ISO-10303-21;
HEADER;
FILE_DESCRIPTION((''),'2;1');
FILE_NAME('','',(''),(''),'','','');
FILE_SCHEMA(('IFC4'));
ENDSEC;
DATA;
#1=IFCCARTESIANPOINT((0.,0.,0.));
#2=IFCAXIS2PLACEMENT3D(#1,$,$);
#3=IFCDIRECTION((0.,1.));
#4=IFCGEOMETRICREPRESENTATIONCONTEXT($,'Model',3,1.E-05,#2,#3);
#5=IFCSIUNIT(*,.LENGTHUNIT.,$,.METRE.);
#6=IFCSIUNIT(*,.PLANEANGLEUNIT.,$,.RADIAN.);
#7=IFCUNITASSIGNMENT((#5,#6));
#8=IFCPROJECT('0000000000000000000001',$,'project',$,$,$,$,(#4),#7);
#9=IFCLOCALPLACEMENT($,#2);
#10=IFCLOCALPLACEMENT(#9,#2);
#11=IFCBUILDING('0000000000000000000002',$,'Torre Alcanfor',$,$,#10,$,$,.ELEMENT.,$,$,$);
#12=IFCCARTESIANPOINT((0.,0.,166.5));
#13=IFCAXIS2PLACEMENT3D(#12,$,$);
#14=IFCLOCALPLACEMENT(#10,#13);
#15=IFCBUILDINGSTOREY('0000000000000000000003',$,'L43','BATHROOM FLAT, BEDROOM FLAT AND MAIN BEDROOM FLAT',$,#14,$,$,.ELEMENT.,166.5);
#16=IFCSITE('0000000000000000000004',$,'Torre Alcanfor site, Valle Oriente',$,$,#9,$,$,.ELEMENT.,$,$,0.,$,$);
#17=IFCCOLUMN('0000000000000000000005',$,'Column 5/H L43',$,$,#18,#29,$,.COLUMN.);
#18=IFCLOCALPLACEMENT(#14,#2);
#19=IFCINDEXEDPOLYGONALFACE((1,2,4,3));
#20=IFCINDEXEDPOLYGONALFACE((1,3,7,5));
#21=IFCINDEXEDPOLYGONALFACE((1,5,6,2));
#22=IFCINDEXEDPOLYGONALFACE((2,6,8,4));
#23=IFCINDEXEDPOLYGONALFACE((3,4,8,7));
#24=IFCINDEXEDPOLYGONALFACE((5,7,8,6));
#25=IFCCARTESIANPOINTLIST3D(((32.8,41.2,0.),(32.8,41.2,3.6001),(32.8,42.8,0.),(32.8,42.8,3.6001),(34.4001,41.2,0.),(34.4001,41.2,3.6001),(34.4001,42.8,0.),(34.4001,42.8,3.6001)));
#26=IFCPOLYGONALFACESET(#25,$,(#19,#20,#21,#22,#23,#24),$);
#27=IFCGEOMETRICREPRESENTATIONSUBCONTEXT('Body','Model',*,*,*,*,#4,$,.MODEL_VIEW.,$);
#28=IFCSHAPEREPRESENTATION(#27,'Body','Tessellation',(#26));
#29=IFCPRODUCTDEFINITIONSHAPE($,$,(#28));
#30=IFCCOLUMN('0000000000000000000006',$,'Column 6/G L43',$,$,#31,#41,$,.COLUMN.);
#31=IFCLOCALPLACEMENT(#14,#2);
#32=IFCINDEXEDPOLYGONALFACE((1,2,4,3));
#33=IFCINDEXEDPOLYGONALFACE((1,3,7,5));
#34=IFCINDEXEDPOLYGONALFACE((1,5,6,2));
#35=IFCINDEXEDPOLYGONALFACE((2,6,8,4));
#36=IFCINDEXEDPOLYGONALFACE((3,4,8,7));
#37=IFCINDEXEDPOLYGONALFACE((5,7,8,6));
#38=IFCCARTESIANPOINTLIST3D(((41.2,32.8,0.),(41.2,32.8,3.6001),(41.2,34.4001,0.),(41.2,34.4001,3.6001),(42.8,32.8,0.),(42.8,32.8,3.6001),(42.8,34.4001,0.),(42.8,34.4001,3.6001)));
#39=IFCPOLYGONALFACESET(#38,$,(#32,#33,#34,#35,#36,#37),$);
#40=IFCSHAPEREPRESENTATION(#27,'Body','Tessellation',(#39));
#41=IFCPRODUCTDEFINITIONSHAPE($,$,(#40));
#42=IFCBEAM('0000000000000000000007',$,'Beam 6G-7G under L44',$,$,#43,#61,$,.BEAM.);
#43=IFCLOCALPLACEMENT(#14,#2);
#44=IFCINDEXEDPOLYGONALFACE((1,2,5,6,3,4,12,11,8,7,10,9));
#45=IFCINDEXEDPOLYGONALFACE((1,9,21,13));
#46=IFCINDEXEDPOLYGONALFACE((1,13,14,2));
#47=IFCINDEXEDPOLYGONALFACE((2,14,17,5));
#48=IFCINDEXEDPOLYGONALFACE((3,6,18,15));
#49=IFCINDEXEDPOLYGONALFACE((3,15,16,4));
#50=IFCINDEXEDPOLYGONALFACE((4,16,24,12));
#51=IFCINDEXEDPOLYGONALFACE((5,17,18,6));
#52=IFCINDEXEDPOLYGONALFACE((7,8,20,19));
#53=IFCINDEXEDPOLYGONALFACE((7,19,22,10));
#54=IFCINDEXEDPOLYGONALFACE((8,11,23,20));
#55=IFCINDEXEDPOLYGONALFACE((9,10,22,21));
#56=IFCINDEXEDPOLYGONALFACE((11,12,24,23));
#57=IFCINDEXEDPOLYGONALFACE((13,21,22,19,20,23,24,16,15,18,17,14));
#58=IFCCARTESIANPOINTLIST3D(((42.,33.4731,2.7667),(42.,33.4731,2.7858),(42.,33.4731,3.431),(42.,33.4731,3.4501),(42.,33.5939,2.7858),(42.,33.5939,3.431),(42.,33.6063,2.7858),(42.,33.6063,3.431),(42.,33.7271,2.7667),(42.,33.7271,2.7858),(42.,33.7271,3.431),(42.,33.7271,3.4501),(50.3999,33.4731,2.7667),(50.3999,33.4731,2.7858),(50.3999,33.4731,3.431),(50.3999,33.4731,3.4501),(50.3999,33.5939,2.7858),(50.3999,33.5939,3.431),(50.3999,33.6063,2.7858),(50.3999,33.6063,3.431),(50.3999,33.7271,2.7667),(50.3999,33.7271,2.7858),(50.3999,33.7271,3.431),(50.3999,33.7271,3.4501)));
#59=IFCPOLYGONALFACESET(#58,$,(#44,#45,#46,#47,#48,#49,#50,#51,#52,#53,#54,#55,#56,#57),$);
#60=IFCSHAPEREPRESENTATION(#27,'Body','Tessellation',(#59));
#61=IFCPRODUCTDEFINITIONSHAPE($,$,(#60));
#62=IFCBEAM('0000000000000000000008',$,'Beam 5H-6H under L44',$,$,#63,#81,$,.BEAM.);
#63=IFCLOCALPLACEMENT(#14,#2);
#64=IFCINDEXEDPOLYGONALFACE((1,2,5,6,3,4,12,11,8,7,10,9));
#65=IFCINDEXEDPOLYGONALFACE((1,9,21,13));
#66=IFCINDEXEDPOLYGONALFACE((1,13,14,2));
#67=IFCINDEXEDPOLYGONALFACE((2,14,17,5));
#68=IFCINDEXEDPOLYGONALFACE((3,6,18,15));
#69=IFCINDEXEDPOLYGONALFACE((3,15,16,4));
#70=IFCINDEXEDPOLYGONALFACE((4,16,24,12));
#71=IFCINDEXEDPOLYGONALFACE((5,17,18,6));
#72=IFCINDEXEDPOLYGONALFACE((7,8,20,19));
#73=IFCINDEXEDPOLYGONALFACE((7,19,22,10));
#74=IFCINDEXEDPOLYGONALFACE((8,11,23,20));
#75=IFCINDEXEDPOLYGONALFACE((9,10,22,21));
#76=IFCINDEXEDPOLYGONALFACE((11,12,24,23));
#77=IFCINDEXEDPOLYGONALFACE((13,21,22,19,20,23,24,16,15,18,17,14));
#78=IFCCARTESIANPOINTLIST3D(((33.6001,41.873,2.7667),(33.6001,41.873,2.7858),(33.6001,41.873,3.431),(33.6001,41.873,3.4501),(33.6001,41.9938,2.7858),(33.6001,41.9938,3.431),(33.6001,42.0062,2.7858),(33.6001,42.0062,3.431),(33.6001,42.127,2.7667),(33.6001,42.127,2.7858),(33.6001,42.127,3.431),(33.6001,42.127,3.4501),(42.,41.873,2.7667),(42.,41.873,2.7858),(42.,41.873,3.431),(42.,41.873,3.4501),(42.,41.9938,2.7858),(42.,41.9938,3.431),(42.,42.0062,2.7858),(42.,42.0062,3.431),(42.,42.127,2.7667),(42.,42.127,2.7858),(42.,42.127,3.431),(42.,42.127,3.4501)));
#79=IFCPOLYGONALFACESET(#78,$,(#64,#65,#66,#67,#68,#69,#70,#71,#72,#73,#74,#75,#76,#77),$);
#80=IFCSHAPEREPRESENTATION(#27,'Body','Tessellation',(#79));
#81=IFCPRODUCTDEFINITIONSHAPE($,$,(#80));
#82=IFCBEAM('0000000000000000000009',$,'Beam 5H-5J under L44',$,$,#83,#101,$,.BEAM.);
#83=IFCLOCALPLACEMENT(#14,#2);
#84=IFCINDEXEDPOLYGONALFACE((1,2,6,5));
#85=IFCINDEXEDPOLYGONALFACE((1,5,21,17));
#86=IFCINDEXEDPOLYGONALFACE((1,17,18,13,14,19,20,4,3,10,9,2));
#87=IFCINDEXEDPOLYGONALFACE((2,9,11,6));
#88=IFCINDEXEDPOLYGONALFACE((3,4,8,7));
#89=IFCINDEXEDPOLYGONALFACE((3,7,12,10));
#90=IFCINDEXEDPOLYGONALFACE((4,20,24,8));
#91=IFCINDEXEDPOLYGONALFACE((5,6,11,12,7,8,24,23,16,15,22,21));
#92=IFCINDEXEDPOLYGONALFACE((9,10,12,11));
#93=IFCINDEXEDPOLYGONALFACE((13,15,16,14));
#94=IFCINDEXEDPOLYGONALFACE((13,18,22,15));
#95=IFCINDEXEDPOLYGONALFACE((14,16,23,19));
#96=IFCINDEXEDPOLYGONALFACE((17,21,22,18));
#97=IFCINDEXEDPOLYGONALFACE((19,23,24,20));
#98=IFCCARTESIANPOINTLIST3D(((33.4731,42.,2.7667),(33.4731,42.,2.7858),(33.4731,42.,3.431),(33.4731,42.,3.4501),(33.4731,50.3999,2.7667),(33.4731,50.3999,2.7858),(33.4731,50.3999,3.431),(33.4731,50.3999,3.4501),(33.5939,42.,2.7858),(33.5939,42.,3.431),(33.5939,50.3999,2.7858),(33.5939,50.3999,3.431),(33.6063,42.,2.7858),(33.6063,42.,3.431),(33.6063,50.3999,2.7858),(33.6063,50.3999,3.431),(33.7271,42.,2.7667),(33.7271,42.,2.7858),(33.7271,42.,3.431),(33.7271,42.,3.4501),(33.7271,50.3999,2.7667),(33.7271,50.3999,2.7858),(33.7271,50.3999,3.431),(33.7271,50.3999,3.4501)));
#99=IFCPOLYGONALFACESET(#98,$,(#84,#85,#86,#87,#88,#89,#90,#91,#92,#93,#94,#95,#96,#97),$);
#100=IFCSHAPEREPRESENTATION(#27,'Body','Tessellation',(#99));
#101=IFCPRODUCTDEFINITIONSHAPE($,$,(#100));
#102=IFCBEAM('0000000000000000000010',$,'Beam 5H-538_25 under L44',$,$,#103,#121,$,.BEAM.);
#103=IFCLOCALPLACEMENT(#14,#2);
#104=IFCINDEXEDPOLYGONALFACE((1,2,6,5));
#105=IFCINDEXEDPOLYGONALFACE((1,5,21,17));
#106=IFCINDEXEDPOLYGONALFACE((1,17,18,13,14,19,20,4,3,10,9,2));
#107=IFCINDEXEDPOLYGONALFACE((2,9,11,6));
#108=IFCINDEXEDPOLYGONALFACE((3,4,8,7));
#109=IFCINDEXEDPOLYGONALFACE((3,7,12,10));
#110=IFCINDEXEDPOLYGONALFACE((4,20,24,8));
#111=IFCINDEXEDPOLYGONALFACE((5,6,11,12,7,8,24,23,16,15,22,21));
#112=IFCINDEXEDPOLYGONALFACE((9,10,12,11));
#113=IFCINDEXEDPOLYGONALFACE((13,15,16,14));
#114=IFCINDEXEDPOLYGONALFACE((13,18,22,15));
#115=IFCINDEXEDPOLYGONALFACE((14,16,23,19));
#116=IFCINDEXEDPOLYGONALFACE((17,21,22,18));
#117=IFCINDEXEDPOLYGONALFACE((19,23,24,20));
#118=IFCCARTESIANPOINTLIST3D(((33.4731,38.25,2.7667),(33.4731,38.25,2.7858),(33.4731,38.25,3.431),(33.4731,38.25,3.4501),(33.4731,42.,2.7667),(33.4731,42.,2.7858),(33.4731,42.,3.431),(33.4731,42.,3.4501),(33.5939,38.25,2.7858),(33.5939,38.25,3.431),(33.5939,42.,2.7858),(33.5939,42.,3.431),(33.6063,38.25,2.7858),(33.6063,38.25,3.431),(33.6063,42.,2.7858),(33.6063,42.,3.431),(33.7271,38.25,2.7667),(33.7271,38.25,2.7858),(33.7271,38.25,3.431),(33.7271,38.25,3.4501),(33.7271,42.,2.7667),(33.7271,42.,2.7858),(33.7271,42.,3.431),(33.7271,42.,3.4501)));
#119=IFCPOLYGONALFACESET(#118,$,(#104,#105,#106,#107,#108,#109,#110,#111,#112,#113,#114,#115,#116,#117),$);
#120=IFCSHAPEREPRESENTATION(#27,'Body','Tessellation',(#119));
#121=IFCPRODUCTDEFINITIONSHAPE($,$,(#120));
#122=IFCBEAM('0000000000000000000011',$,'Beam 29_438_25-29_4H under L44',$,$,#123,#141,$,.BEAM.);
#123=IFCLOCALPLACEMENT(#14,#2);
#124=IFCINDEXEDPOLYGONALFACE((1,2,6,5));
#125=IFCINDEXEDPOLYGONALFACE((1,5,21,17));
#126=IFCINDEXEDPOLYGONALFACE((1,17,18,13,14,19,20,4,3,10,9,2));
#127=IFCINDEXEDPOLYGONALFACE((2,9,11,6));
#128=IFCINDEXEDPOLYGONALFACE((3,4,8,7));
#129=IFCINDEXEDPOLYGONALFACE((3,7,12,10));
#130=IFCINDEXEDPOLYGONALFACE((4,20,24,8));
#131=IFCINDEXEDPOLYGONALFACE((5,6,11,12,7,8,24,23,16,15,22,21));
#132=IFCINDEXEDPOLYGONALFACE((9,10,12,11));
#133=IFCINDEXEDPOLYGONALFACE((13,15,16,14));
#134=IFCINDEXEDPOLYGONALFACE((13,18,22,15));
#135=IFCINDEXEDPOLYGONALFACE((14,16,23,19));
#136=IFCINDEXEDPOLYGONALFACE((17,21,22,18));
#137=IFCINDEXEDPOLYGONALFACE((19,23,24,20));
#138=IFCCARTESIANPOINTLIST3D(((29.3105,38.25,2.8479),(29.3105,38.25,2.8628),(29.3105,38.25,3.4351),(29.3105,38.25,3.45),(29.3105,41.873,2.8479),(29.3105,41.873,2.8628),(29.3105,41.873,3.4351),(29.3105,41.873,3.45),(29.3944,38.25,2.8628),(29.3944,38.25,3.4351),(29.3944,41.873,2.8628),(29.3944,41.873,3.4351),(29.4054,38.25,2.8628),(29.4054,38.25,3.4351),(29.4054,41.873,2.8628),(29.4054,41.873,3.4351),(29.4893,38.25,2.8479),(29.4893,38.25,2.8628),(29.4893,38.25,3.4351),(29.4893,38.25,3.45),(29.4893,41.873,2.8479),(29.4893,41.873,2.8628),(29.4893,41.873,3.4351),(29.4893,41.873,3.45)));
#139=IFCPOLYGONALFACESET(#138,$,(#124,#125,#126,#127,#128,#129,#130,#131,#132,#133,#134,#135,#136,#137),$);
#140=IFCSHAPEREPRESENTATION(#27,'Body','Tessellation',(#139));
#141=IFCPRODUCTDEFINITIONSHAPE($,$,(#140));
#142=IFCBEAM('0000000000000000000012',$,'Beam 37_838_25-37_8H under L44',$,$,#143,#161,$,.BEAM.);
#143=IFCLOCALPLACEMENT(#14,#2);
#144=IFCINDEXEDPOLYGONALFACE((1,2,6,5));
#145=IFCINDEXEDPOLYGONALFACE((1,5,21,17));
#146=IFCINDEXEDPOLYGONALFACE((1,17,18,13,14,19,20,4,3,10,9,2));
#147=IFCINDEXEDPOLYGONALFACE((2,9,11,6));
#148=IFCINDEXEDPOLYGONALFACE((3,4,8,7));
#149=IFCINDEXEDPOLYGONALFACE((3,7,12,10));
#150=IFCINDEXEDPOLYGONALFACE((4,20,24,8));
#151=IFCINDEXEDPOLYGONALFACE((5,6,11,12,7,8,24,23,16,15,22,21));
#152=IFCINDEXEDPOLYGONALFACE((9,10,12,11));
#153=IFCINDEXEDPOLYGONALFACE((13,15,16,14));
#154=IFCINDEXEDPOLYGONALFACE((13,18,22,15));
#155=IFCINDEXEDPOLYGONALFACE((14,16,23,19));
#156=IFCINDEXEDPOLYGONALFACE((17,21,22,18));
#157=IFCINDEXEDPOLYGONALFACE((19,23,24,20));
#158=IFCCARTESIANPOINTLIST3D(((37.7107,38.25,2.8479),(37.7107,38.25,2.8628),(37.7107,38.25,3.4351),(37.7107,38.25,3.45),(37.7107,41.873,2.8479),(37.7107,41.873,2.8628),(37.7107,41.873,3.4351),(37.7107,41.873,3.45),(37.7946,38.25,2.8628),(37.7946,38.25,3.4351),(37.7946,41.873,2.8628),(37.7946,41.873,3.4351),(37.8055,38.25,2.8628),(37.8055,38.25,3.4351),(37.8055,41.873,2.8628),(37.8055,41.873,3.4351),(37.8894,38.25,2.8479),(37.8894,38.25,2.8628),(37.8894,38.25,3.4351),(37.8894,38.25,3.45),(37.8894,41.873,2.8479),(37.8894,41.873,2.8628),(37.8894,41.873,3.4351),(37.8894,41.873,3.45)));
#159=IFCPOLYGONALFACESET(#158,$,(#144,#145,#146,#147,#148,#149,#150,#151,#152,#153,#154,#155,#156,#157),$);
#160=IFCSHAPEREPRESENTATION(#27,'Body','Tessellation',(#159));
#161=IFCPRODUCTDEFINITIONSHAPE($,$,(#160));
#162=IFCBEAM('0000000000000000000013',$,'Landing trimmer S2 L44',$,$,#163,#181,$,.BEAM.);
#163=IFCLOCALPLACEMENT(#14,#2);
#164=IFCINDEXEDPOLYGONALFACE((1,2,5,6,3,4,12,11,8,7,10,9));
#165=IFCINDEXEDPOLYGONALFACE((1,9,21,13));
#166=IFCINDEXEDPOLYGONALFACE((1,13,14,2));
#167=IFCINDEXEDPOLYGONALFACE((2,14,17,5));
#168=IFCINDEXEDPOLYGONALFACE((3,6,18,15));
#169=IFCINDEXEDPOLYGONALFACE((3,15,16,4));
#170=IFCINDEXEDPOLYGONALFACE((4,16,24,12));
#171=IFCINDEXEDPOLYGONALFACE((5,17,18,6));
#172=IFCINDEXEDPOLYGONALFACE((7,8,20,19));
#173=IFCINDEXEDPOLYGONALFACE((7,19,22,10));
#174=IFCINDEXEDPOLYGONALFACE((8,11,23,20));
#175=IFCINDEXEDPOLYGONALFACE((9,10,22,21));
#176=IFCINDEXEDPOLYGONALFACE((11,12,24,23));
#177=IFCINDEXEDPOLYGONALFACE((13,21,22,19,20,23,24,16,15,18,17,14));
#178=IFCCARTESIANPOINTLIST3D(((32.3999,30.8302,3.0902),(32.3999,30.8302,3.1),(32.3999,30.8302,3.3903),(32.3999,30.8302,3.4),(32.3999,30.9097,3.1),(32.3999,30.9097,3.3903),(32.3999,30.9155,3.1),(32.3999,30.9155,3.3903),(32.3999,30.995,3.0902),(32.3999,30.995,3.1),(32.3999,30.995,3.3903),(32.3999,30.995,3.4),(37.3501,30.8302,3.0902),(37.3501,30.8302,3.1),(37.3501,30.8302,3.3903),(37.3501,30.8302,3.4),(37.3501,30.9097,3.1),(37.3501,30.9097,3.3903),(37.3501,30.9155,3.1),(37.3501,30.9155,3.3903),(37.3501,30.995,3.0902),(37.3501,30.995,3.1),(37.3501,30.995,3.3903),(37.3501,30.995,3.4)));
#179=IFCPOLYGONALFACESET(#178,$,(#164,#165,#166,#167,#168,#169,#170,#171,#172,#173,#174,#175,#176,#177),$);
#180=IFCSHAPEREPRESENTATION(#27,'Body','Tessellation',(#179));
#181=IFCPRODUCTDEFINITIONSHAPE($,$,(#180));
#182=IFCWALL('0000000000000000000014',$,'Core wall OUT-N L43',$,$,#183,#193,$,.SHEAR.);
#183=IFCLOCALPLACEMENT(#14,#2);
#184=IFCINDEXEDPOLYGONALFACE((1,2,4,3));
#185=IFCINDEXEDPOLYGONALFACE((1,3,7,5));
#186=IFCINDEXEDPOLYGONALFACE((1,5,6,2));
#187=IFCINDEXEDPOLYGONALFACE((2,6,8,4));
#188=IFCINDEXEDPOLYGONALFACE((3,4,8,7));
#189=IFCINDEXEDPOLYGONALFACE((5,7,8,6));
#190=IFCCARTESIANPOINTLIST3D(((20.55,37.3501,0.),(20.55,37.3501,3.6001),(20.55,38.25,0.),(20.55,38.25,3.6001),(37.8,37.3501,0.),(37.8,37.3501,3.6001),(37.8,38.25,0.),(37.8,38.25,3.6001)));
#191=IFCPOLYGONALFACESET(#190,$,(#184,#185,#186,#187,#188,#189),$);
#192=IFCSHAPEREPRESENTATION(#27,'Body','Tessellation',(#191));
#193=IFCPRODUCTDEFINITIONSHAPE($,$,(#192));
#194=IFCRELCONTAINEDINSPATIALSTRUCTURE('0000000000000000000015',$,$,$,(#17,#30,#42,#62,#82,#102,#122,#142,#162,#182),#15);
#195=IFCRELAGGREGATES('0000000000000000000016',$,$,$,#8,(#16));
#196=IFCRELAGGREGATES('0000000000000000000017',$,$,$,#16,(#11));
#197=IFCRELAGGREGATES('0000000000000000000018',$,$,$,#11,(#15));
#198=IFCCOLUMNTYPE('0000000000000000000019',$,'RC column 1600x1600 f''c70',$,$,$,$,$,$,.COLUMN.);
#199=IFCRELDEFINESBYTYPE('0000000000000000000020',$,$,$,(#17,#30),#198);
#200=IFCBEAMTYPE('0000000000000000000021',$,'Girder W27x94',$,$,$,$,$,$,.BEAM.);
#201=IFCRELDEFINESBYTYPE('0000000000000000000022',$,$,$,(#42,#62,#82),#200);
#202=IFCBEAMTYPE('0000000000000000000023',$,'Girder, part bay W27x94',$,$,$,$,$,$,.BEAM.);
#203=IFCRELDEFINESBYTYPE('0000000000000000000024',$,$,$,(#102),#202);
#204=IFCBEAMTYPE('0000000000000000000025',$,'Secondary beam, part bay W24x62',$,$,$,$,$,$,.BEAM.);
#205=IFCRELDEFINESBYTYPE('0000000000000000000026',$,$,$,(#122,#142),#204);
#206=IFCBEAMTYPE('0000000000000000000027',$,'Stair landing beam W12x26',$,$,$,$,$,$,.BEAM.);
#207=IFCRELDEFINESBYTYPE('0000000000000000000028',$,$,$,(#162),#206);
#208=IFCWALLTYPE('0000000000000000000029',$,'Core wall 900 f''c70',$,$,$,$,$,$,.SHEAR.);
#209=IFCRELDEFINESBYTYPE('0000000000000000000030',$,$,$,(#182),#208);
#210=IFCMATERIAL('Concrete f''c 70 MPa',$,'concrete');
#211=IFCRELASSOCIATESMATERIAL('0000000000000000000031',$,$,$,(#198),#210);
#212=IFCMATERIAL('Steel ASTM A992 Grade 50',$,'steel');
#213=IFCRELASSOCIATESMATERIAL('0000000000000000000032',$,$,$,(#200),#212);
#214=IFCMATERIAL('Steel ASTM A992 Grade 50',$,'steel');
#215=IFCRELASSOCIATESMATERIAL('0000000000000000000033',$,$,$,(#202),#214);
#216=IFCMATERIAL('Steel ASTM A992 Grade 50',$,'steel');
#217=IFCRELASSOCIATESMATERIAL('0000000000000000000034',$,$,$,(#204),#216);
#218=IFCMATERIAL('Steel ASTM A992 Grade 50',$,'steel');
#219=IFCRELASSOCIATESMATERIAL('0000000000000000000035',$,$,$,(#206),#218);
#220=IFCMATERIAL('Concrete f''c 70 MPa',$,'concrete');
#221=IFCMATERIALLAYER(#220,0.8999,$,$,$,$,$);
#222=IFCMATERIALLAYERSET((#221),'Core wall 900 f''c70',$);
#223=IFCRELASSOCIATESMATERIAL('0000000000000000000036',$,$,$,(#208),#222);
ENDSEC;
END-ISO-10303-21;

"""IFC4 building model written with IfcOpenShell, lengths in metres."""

from ifc_helpers import new_model, si_unit, direction, frame, frame_2d, origin, origin_2d, place, context, subcontext, project, spatial, rectangle, i_section, extrude, material, layer, layer_set, material_profile, profile_set, type_object, element, save


model = new_model("IFC4")

# Units and contexts
model_context = context("Model", 3, precision=1e-05, world=origin(), true_north=direction((0.0, 1.0)))
body_context = subcontext(model_context, "Body", "Model", "MODEL_VIEW")
ifc_project = project(units=[si_unit("LENGTHUNIT", "METRE"), si_unit("PLANEANGLEUNIT", "RADIAN")], contexts=[model_context])

# Site, building, storey
site_placement = place(None, origin())
site = spatial("IfcSite", under=ifc_project, at=site_placement, Name="Torre Alcanfor site, Valle Oriente", CompositionType="ELEMENT", RefElevation=0.0)
building_placement = place(site_placement, origin())
building = spatial("IfcBuilding", under=site, at=building_placement, Name="Torre Alcanfor", CompositionType="ELEMENT")
storey_placement = place(building_placement, frame((0.0, 0.0, 166.5)))
storey = spatial("IfcBuildingStorey", under=building, at=storey_placement, Name="L43", Description="BATHROOM FLAT, BEDROOM FLAT AND MAIN BEDROOM FLAT", CompositionType="ELEMENT", Elevation=166.5)

# Columns
ifc_material_1 = material(Name="Concrete f'c 70 MPa", Category="concrete")
ifc_material_profile_1 = material_profile(ifc_material_1, rectangle(XDim=1.6001, YDim=1.6001, at=origin_2d()), Name="1600x1600")
ifc_profile_set_1 = profile_set([ifc_material_profile_1], Name="Concrete f'c 70 MPa")
column_type = type_object("IfcColumnType", Name="RC column 1600x1600 f'c70", PredefinedType="COLUMN", material=ifc_profile_set_1)
for number, where, z_axis, x_axis, name in (
    (1, (33.6001, 42.0, 0.0), (0.0, 0.0, 1.0), (1.0, 0.0, 0.0), "Column 5/H L43"),
    (2, (42.0, 33.6001, 0.0), (0.0, 0.0, 1.0), (1.0, 0.0, 0.0), "Column 6/G L43"),
):
    element("IfcColumn", number, at=place(storey_placement, frame(where, z_axis=z_axis, x_axis=x_axis)), inside=storey, type_object=column_type, Name=name, PredefinedType="COLUMN", context=body_context, shape_type="SweptSolid", body=[
        extrude(rectangle(XDim=1.6001, YDim=1.6001, at=origin_2d()), origin(), (0.0, 0.0, 1.0), 3.6001),
    ])

# Beams
ifc_material_2 = material(Name="Steel ASTM A992 Grade 50", Category="steel")
ifc_material_profile_2 = material_profile(ifc_material_2, i_section(OverallWidth=0.2539, OverallDepth=0.6833, WebThickness=0.0125, FlangeThickness=0.019, at=origin_2d()), Name="W27x94")
ifc_profile_set_2 = profile_set([ifc_material_profile_2], Name="Steel ASTM A992 Grade 50")
beam_type_1 = type_object("IfcBeamType", Name="Girder W27x94", PredefinedType="BEAM", material=ifc_profile_set_2)
for number, where, z_axis, x_axis, name in (
    (3, (42.0, 33.6001, 3.1084), (1.0, 0.0, 0.0), (0.0, 1.0, 0.0), "Beam 6G-7G under L44"),
    (4, (33.6001, 42.0, 3.1084), (1.0, 0.0, 0.0), (0.0, 1.0, 0.0), "Beam 5H-6H under L44"),
    (5, (33.6001, 42.0, 3.1084), (0.0, 1.0, 0.0), (-1.0, 0.0, 0.0), "Beam 5H-5J under L44"),
):
    element("IfcBeam", number, at=place(storey_placement, frame(where, z_axis=z_axis, x_axis=x_axis)), inside=storey, type_object=beam_type_1, Name=name, PredefinedType="BEAM", context=body_context, shape_type="SweptSolid", body=[
        extrude(i_section(OverallWidth=0.2539, OverallDepth=0.6833, WebThickness=0.0125, FlangeThickness=0.019, at=origin_2d()), origin(), (0.0, 0.0, 1.0), 8.3999),
    ])
ifc_material_3 = material(Name="Steel ASTM A992 Grade 50", Category="steel")
ifc_material_profile_3 = material_profile(ifc_material_3, i_section(OverallWidth=0.2539, OverallDepth=0.6833, WebThickness=0.0125, FlangeThickness=0.019, at=origin_2d()), Name="W27x94")
ifc_profile_set_3 = profile_set([ifc_material_profile_3], Name="Steel ASTM A992 Grade 50")
beam_type_2 = type_object("IfcBeamType", Name="Girder, part bay W27x94", PredefinedType="BEAM", material=ifc_profile_set_3)
beam_1_placement = place(storey_placement, frame((33.6001, 42.0, 3.1084), z_axis=(0.0, -1.0, 0.0), x_axis=(1.0, 0.0, 0.0)))
element("IfcBeam", 6, at=beam_1_placement, inside=storey, type_object=beam_type_2, Name="Beam 5H-538_25 under L44", PredefinedType="BEAM", context=body_context, shape_type="SweptSolid", body=[
    extrude(i_section(OverallWidth=0.2539, OverallDepth=0.6833, WebThickness=0.0125, FlangeThickness=0.019, at=origin_2d()), origin(), (0.0, 0.0, 1.0), 3.75),
])
ifc_material_4 = material(Name="Steel ASTM A992 Grade 50", Category="steel")
ifc_material_profile_4 = material_profile(ifc_material_4, i_section(OverallWidth=0.1787, OverallDepth=0.6021, WebThickness=0.011, FlangeThickness=0.0149, at=origin_2d()), Name="W24x62")
ifc_profile_set_4 = profile_set([ifc_material_profile_4], Name="Steel ASTM A992 Grade 50")
beam_type_3 = type_object("IfcBeamType", Name="Secondary beam, part bay W24x62", PredefinedType="BEAM", material=ifc_profile_set_4)
for number, where, z_axis, x_axis, name in (
    (7, (29.3999, 38.25, 3.1489), (0.0, 1.0, 0.0), (-1.0, 0.0, 0.0), "Beam 29_438_25-29_4H under L44"),
    (8, (37.8, 38.25, 3.1489), (0.0, 1.0, 0.0), (-1.0, 0.0, 0.0), "Beam 37_838_25-37_8H under L44"),
):
    element("IfcBeam", number, at=place(storey_placement, frame(where, z_axis=z_axis, x_axis=x_axis)), inside=storey, type_object=beam_type_3, Name=name, PredefinedType="BEAM", context=body_context, shape_type="SweptSolid", body=[
        extrude(i_section(OverallWidth=0.1787, OverallDepth=0.6021, WebThickness=0.011, FlangeThickness=0.0149, at=origin_2d()), origin(), (0.0, 0.0, 1.0), 3.623),
    ])
ifc_material_5 = material(Name="Steel ASTM A992 Grade 50", Category="steel")
ifc_material_profile_5 = material_profile(ifc_material_5, i_section(OverallWidth=0.1648, OverallDepth=0.3098, WebThickness=0.0059, FlangeThickness=0.0098, at=origin_2d()), Name="W12x26")
ifc_profile_set_5 = profile_set([ifc_material_profile_5], Name="Steel ASTM A992 Grade 50")
beam_type_4 = type_object("IfcBeamType", Name="Stair landing beam W12x26", PredefinedType="BEAM", material=ifc_profile_set_5)
beam_2_placement = place(storey_placement, frame((32.3999, 30.9126, 3.2451), z_axis=(1.0, 0.0, 0.0), x_axis=(0.0, 1.0, 0.0)))
element("IfcBeam", 9, at=beam_2_placement, inside=storey, type_object=beam_type_4, Name="Landing trimmer S2 L44", PredefinedType="BEAM", context=body_context, shape_type="SweptSolid", body=[
    extrude(i_section(OverallWidth=0.1648, OverallDepth=0.3098, WebThickness=0.0059, FlangeThickness=0.0098, at=origin_2d()), origin(), (0.0, 0.0, 1.0), 4.9502),
])

# Wall
ifc_material_6 = material(Name="Concrete f'c 70 MPa", Category="concrete")
ifc_layer_1 = layer(ifc_material_6, 0.8999)
ifc_layer_set_1 = layer_set([ifc_layer_1], Name="Core wall 900 f'c70")
wall_type_1 = type_object("IfcWallType", Name="Core wall 900 f'c70", PredefinedType="SHEAR", material=ifc_layer_set_1)
wall_1_placement = place(storey_placement, frame((37.8, 37.8, 0.0), z_axis=(0.0, 0.0, 1.0), x_axis=(-1.0, 0.0, 0.0)))
element("IfcWall", 10, at=wall_1_placement, inside=storey, type_object=wall_type_1, Name="Core wall OUT-N L43", PredefinedType="SHEAR", context=body_context, shape_type="SweptSolid", body=[
    extrude(rectangle(XDim=17.25, YDim=0.8999, at=frame_2d((8.625, 0.0))), origin(), (0.0, 0.0, 1.0), 3.6001),
])

save(model, "model.ifc")
